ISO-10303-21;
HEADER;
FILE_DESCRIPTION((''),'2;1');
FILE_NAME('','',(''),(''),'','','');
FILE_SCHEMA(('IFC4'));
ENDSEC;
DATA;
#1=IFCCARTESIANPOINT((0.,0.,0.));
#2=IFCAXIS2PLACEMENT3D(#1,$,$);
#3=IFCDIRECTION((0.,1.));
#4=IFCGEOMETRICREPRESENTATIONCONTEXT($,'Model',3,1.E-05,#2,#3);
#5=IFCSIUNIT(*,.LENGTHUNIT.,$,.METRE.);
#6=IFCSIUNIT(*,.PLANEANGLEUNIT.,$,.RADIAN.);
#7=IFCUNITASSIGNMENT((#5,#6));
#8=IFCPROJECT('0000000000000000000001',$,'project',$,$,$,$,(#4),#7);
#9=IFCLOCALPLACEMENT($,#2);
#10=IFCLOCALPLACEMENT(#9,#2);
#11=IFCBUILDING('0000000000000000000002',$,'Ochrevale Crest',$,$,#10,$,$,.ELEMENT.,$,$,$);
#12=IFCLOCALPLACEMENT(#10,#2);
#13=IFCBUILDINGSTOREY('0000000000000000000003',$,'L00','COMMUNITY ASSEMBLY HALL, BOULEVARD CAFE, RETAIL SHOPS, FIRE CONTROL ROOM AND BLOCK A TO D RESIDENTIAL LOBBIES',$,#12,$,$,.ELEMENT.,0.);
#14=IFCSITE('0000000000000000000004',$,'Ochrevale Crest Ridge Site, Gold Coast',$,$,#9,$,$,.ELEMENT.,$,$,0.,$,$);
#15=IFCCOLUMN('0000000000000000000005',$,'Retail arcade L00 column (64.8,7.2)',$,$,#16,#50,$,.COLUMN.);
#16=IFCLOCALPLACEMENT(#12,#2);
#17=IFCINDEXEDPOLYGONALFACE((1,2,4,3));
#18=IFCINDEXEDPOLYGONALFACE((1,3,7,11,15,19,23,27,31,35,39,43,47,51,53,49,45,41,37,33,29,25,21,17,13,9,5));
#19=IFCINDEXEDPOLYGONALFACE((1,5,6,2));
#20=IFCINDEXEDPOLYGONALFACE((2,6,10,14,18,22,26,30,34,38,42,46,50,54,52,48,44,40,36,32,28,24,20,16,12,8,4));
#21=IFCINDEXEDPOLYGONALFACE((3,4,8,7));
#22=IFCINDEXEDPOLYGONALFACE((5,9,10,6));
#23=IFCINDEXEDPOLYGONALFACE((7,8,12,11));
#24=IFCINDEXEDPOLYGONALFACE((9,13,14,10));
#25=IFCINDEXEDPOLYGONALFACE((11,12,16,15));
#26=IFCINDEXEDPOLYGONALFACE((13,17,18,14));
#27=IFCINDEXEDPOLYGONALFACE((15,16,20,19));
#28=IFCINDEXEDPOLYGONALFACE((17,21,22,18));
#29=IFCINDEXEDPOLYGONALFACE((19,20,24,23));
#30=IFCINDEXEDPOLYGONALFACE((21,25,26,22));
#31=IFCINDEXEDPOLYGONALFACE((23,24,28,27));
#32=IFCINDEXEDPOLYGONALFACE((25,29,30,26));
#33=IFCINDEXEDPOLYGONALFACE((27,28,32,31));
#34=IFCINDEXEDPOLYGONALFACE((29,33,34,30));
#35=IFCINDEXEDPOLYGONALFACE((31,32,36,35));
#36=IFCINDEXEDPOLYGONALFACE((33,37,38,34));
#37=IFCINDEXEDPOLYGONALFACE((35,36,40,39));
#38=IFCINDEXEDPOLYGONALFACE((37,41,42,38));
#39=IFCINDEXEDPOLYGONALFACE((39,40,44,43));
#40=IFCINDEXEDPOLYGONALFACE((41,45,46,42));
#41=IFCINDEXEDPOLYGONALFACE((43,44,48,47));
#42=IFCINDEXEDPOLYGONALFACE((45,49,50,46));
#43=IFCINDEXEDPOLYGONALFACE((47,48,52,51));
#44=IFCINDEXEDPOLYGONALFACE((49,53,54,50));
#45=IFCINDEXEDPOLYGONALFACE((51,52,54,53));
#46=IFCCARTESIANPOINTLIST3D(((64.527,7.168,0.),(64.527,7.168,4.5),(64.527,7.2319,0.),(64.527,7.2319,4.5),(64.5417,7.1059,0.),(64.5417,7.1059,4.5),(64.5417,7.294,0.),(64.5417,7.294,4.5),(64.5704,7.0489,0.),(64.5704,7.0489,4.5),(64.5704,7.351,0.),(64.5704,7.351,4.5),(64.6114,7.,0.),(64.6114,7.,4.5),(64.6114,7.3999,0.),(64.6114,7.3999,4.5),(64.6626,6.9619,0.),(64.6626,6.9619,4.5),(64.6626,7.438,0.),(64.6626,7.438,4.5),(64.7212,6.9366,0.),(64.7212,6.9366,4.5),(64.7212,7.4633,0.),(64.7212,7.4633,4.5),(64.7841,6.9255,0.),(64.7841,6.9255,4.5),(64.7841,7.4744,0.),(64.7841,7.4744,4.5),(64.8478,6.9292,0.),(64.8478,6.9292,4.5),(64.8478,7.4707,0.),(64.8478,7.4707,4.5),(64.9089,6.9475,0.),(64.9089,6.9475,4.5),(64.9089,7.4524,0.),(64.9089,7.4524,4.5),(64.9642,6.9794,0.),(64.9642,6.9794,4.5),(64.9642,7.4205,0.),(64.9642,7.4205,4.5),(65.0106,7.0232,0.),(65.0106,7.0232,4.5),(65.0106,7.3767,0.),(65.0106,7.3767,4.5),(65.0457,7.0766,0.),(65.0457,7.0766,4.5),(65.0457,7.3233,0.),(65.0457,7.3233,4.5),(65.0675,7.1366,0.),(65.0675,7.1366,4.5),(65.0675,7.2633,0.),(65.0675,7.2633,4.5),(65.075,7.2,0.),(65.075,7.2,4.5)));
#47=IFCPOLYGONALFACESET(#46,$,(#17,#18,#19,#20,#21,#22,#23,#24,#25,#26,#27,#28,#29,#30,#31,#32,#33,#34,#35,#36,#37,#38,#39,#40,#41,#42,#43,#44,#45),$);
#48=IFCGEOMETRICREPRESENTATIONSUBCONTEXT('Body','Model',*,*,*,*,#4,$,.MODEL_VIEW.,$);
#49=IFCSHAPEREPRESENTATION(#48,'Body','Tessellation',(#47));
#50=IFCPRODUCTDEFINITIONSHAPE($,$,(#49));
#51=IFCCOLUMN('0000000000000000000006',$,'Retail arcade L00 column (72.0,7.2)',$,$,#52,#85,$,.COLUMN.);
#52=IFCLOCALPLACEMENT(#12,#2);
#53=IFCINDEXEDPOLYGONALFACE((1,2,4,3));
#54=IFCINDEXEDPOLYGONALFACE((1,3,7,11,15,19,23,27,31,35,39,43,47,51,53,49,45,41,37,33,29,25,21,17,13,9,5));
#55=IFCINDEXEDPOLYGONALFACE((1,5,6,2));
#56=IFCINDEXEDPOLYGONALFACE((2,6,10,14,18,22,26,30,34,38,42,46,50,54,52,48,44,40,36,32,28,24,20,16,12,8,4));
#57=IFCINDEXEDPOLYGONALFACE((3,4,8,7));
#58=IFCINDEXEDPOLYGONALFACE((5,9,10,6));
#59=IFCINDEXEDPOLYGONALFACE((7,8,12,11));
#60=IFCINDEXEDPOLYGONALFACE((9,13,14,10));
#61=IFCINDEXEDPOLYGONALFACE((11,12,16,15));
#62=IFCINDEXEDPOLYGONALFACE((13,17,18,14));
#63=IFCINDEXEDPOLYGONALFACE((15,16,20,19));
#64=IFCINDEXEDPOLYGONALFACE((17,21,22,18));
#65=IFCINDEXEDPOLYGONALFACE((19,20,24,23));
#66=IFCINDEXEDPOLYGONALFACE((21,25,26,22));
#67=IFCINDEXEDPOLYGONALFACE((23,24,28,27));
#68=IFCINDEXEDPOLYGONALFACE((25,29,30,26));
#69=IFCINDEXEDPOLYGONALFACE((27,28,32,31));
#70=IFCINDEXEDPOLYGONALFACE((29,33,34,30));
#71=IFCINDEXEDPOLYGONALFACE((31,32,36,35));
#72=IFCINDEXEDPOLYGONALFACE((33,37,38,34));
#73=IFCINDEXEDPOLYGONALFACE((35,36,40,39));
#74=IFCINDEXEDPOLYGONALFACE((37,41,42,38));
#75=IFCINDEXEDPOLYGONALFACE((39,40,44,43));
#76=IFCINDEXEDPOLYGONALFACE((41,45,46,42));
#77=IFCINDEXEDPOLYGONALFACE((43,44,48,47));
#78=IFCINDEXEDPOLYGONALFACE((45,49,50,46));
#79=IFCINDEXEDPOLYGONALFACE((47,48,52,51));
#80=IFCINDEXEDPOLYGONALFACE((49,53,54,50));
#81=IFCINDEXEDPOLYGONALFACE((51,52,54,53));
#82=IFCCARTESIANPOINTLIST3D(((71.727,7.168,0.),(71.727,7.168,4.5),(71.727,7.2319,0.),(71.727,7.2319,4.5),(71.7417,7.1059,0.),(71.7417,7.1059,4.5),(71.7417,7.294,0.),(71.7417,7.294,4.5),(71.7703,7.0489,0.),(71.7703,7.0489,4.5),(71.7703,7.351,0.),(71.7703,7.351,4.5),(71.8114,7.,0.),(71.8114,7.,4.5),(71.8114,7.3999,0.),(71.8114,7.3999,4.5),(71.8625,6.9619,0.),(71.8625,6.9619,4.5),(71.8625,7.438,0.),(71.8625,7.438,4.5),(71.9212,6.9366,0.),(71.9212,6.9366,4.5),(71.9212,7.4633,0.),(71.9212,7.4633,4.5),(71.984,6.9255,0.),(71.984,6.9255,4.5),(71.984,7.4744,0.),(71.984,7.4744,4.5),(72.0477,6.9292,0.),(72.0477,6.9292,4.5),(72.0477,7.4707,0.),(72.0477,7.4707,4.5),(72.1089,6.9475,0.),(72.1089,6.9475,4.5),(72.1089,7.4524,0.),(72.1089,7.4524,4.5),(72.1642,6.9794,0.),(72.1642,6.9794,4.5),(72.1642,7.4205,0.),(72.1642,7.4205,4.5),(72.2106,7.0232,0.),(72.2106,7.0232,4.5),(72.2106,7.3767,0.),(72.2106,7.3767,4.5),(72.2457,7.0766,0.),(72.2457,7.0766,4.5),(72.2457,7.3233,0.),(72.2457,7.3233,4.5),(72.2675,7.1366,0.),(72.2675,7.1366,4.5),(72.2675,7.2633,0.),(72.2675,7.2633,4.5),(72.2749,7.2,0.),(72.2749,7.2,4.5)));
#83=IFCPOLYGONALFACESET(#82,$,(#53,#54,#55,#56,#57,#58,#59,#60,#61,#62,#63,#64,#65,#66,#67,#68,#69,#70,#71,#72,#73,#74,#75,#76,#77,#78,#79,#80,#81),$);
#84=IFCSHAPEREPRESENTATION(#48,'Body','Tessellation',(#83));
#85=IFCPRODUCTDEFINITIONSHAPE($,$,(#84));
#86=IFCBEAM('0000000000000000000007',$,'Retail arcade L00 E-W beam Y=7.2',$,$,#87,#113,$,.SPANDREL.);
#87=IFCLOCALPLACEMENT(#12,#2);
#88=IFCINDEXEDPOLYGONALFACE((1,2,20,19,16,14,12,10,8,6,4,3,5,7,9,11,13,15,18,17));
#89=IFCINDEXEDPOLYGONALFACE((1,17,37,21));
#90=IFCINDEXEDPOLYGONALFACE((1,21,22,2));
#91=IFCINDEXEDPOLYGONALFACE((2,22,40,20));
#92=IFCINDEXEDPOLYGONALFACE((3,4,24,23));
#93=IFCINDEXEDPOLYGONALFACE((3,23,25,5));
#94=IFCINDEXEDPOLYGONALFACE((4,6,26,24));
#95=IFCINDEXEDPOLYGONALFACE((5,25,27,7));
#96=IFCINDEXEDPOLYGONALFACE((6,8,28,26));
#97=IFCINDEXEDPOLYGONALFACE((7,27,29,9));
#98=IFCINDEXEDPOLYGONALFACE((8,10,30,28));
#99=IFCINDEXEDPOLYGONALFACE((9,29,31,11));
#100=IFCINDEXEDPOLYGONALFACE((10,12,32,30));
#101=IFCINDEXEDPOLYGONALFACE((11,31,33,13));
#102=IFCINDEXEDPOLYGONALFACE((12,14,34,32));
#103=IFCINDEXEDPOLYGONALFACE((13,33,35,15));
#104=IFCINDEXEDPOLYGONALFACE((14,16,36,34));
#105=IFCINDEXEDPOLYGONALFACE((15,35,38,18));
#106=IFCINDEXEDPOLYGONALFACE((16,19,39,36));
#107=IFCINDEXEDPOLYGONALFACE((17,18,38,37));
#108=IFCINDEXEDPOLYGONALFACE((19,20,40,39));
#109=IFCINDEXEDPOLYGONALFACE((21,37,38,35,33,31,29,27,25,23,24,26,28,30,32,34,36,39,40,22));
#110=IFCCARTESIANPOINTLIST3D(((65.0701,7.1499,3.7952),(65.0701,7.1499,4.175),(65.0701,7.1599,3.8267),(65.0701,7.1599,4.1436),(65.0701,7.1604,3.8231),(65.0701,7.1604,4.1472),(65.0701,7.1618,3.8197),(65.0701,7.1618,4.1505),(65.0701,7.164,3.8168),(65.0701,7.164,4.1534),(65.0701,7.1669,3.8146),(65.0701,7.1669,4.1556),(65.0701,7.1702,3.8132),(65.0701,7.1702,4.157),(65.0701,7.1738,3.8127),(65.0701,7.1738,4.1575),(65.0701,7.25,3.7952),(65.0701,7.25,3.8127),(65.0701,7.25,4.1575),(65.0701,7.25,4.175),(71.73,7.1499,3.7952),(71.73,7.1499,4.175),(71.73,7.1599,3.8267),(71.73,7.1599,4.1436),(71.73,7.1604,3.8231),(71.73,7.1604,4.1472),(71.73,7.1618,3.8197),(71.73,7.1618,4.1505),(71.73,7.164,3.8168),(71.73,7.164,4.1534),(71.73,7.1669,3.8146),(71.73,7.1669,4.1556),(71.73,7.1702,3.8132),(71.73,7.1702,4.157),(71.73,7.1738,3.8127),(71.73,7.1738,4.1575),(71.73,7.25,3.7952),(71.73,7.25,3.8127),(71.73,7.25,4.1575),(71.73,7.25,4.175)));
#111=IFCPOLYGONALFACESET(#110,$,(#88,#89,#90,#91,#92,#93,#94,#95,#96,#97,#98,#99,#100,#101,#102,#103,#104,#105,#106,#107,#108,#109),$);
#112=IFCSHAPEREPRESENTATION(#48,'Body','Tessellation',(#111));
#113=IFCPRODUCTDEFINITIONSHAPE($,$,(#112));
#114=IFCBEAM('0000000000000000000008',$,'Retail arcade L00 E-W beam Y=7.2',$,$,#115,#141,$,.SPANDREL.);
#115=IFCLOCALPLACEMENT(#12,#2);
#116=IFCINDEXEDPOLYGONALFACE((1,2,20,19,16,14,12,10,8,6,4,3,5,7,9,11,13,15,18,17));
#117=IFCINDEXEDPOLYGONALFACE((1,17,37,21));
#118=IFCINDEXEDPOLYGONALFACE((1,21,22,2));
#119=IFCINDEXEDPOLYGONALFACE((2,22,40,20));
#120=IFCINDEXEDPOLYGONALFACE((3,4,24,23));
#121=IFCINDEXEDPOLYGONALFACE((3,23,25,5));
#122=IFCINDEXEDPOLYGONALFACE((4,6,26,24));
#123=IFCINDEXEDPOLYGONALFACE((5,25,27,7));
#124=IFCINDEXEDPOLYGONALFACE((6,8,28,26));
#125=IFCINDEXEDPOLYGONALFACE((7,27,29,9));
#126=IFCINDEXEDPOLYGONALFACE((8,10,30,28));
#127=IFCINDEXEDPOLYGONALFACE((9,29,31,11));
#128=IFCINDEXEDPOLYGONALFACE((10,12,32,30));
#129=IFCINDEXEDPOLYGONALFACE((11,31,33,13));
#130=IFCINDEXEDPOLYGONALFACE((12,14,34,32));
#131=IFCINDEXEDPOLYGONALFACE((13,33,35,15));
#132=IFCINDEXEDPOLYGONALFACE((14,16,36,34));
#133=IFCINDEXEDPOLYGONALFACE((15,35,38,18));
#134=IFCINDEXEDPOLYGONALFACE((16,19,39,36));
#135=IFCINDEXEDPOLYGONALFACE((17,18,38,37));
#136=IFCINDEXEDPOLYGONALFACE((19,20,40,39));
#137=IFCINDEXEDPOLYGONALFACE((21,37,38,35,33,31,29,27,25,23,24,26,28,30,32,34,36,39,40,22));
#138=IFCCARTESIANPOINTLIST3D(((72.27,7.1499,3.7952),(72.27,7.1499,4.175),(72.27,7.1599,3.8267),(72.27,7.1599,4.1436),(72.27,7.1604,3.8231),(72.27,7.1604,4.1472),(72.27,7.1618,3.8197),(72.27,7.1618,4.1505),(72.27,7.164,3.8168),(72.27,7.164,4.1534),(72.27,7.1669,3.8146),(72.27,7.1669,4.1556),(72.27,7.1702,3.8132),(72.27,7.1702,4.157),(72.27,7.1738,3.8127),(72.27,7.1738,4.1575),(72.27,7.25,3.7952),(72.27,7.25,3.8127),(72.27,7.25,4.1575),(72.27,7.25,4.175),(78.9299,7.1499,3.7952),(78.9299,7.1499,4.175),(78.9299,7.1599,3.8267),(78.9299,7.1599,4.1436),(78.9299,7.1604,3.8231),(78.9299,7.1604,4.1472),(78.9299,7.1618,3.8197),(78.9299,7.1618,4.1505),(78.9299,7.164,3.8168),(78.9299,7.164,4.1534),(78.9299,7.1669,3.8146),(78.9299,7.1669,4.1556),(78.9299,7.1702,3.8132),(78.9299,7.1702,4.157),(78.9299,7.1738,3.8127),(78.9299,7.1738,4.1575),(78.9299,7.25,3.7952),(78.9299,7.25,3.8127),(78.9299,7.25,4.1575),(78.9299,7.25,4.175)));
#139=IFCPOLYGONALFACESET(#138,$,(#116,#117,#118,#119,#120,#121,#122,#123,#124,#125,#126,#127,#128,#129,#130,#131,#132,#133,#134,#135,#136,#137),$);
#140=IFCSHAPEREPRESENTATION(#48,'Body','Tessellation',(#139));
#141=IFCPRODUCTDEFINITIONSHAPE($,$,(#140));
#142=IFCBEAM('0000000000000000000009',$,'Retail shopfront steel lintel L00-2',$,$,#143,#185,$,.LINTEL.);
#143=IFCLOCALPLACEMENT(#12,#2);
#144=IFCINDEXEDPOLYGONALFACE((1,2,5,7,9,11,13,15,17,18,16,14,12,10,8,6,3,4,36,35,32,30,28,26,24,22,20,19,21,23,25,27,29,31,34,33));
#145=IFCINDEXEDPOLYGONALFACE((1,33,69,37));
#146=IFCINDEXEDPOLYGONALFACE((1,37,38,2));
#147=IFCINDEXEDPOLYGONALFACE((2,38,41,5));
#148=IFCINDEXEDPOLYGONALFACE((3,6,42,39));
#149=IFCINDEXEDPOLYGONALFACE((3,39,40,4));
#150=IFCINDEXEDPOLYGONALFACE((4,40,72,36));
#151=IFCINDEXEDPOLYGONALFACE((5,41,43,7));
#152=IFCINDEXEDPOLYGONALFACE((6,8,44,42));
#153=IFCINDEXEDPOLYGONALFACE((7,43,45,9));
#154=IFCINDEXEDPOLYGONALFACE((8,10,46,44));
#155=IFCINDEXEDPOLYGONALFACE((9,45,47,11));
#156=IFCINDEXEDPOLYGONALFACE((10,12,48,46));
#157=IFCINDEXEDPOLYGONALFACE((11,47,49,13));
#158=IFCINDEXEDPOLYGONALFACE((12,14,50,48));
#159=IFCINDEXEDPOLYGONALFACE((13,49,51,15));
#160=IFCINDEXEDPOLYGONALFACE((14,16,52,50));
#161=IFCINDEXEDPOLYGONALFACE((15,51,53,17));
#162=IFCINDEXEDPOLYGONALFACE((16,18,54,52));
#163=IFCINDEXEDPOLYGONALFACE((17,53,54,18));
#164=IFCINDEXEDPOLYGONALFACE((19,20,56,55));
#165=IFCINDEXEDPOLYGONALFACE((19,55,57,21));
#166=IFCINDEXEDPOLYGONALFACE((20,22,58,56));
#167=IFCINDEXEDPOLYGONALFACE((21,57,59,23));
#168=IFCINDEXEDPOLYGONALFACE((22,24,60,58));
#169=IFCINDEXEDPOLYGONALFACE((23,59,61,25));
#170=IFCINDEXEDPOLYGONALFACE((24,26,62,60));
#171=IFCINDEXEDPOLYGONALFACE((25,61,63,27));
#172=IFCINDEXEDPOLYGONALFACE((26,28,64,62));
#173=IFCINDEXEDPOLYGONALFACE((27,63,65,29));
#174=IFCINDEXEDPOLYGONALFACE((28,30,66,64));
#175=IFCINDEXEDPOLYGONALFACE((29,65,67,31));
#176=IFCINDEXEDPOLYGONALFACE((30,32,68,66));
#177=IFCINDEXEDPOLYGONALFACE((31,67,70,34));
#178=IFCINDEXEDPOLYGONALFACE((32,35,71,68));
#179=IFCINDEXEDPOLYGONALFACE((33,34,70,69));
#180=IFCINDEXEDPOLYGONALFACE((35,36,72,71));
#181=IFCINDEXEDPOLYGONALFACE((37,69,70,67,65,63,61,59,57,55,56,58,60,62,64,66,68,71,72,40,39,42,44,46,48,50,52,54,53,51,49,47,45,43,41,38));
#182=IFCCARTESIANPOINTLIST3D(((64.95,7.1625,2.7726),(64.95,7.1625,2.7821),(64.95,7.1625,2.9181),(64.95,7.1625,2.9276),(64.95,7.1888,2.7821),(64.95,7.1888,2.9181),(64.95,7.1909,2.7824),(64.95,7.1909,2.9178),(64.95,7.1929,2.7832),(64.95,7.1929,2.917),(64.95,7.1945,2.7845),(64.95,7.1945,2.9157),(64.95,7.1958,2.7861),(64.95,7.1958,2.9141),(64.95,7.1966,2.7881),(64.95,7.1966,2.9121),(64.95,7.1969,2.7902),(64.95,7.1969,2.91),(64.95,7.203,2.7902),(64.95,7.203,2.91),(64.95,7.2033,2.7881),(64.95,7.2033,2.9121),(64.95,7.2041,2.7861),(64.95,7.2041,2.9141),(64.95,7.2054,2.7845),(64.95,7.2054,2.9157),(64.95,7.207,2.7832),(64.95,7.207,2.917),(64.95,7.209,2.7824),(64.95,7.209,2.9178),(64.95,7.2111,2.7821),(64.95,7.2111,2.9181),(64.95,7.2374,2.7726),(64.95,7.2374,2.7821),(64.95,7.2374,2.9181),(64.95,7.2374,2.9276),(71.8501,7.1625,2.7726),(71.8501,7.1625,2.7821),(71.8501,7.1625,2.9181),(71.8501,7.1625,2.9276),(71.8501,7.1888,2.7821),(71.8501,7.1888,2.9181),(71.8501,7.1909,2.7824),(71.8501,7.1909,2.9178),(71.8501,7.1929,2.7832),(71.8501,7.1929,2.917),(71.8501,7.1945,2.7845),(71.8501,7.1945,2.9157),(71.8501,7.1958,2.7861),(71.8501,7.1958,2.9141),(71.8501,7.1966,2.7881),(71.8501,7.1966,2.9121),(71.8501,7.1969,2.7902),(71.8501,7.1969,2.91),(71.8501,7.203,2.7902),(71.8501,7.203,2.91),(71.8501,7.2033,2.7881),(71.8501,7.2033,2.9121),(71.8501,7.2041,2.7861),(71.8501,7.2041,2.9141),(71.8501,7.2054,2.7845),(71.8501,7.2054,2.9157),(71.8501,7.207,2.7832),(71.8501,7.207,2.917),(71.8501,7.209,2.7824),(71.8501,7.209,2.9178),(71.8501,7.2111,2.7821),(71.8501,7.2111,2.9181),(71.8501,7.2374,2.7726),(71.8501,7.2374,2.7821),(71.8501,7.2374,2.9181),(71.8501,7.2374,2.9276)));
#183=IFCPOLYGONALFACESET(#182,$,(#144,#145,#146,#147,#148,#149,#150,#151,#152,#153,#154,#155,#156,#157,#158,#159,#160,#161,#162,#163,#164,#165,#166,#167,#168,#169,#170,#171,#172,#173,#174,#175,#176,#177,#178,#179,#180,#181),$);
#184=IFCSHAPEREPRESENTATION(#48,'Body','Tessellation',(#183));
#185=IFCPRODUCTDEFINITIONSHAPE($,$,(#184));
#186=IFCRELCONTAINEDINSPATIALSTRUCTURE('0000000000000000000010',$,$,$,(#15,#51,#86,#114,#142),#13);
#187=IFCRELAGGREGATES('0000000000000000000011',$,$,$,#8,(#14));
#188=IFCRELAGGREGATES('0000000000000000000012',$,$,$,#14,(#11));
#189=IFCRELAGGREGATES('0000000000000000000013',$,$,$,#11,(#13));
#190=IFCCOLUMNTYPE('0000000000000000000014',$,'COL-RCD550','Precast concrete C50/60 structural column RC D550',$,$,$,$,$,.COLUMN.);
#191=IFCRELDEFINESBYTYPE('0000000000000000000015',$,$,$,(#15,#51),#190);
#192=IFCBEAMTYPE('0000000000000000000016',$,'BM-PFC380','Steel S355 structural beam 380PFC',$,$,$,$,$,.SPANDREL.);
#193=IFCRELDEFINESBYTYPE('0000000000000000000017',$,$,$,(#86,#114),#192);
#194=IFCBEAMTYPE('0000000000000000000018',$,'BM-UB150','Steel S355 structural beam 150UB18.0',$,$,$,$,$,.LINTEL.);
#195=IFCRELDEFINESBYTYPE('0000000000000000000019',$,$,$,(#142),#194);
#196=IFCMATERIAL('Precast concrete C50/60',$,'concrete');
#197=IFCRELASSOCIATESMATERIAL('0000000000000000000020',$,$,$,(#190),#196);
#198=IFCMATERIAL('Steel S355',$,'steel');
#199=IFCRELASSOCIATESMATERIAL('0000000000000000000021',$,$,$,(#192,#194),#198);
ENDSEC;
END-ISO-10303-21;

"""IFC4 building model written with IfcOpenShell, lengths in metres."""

from ifc_helpers import new_model, si_unit, direction, frame, origin, origin_2d, place, context, subcontext, project, spatial, circle, i_section, u_section, extrude, material, material_profile, profile_set, type_object, element, save


model = new_model("IFC4")

# Units and contexts
model_context = context("Model", 3, precision=1e-05, world=origin(), true_north=direction((0.0, 1.0)))
body_context = subcontext(model_context, "Body", "Model", "MODEL_VIEW")
ifc_project = project(units=[si_unit("LENGTHUNIT", "METRE"), si_unit("PLANEANGLEUNIT", "RADIAN")], contexts=[model_context])

# Site, building, storey
site_placement = place(None, origin())
site = spatial("IfcSite", under=ifc_project, at=site_placement, Name="Ochrevale Crest Ridge Site, Gold Coast", CompositionType="ELEMENT", RefElevation=0.0)
building_placement = place(site_placement, origin())
building = spatial("IfcBuilding", under=site, at=building_placement, Name="Ochrevale Crest", CompositionType="ELEMENT")
storey_placement = place(building_placement, origin())
storey = spatial("IfcBuildingStorey", under=building, at=storey_placement, Name="L00", Description="COMMUNITY ASSEMBLY HALL, BOULEVARD CAFE, RETAIL SHOPS, FIRE CONTROL ROOM AND BLOCK A TO D RESIDENTIAL LOBBIES", CompositionType="ELEMENT", Elevation=0.0)

# Columns
ifc_material_1 = material(Name="Precast concrete C50/60", Category="concrete")
ifc_material_profile_1 = material_profile(ifc_material_1, circle(Radius=0.2749, at=origin_2d()), Name="RC D550")
ifc_profile_set_1 = profile_set([ifc_material_profile_1], Name="Precast concrete C50/60")
column_type = type_object("IfcColumnType", Name="COL-RCD550", Description="Precast concrete C50/60 structural column RC D550", PredefinedType="COLUMN", material=ifc_profile_set_1)
for number, where, z_axis, x_axis, name in (
    (1, (64.8, 7.2, 0.0), (0.0, 0.0, 1.0), (1.0, 0.0, 0.0), "Retail arcade L00 column (64.8,7.2)"),
    (2, (72.0, 7.2, 0.0), (0.0, 0.0, 1.0), (1.0, 0.0, 0.0), "Retail arcade L00 column (72.0,7.2)"),
):
    element("IfcColumn", number, at=place(storey_placement, frame(where, z_axis=z_axis, x_axis=x_axis)), inside=storey, type_object=column_type, Name=name, PredefinedType="COLUMN", context=body_context, shape_type="SweptSolid", body=[
        extrude(circle(Radius=0.2749, at=origin_2d()), origin(), (0.0, 0.0, 1.0), 4.5),
    ])

# Beams
ifc_material_2 = material(Name="Steel S355", Category="steel")
ifc_material_profile_2 = material_profile(ifc_material_2, u_section(Depth=0.3799, FlangeWidth=0.1001, WebThickness=0.01, FlangeThickness=0.0176, FilletRadius=0.0139, at=origin_2d()), Name="380PFC")
ifc_profile_set_2 = profile_set([ifc_material_profile_2], Name="Steel S355")
beam_type_1 = type_object("IfcBeamType", Name="BM-PFC380", Description="Steel S355 structural beam 380PFC", PredefinedType="SPANDREL", material=ifc_profile_set_2)
for number, where, z_axis, x_axis, name in (
    (3, (65.0701, 7.2, 3.9851), (1.0, 0.0, 0.0), (0.0, 1.0, 0.0), "Retail arcade L00 E-W beam Y=7.2"),
    (4, (72.27, 7.2, 3.9851), (1.0, 0.0, 0.0), (0.0, 1.0, 0.0), "Retail arcade L00 E-W beam Y=7.2"),
):
    element("IfcBeam", number, at=place(storey_placement, frame(where, z_axis=z_axis, x_axis=x_axis)), inside=storey, type_object=beam_type_1, Name=name, PredefinedType="SPANDREL", context=body_context, shape_type="SweptSolid", body=[
        extrude(u_section(Depth=0.3799, FlangeWidth=0.1001, WebThickness=0.01, FlangeThickness=0.0176, FilletRadius=0.0139, at=origin_2d()), origin(), (0.0, 0.0, 1.0), 6.6599),
    ])
ifc_material_profile_3 = material_profile(ifc_material_2, i_section(OverallWidth=0.075, OverallDepth=0.155, WebThickness=0.0061, FlangeThickness=0.0095, FilletRadius=0.0081, at=origin_2d()), Name="150UB18.0")
ifc_profile_set_3 = profile_set([ifc_material_profile_3], Name="Steel S355")
beam_type_2 = type_object("IfcBeamType", Name="BM-UB150", Description="Steel S355 structural beam 150UB18.0", PredefinedType="LINTEL", material=ifc_profile_set_3)
beam_placement = place(storey_placement, frame((64.95, 7.2, 2.8501), z_axis=(1.0, 0.0, 0.0), x_axis=(0.0, 1.0, 0.0)))
element("IfcBeam", 5, at=beam_placement, inside=storey, type_object=beam_type_2, Name="Retail shopfront steel lintel L00-2", PredefinedType="LINTEL", context=body_context, shape_type="SweptSolid", body=[
    extrude(i_section(OverallWidth=0.075, OverallDepth=0.155, WebThickness=0.0061, FlangeThickness=0.0095, FilletRadius=0.0081, at=origin_2d()), origin(), (0.0, 0.0, 1.0), 6.9001),
])

save(model, "model.ifc")
